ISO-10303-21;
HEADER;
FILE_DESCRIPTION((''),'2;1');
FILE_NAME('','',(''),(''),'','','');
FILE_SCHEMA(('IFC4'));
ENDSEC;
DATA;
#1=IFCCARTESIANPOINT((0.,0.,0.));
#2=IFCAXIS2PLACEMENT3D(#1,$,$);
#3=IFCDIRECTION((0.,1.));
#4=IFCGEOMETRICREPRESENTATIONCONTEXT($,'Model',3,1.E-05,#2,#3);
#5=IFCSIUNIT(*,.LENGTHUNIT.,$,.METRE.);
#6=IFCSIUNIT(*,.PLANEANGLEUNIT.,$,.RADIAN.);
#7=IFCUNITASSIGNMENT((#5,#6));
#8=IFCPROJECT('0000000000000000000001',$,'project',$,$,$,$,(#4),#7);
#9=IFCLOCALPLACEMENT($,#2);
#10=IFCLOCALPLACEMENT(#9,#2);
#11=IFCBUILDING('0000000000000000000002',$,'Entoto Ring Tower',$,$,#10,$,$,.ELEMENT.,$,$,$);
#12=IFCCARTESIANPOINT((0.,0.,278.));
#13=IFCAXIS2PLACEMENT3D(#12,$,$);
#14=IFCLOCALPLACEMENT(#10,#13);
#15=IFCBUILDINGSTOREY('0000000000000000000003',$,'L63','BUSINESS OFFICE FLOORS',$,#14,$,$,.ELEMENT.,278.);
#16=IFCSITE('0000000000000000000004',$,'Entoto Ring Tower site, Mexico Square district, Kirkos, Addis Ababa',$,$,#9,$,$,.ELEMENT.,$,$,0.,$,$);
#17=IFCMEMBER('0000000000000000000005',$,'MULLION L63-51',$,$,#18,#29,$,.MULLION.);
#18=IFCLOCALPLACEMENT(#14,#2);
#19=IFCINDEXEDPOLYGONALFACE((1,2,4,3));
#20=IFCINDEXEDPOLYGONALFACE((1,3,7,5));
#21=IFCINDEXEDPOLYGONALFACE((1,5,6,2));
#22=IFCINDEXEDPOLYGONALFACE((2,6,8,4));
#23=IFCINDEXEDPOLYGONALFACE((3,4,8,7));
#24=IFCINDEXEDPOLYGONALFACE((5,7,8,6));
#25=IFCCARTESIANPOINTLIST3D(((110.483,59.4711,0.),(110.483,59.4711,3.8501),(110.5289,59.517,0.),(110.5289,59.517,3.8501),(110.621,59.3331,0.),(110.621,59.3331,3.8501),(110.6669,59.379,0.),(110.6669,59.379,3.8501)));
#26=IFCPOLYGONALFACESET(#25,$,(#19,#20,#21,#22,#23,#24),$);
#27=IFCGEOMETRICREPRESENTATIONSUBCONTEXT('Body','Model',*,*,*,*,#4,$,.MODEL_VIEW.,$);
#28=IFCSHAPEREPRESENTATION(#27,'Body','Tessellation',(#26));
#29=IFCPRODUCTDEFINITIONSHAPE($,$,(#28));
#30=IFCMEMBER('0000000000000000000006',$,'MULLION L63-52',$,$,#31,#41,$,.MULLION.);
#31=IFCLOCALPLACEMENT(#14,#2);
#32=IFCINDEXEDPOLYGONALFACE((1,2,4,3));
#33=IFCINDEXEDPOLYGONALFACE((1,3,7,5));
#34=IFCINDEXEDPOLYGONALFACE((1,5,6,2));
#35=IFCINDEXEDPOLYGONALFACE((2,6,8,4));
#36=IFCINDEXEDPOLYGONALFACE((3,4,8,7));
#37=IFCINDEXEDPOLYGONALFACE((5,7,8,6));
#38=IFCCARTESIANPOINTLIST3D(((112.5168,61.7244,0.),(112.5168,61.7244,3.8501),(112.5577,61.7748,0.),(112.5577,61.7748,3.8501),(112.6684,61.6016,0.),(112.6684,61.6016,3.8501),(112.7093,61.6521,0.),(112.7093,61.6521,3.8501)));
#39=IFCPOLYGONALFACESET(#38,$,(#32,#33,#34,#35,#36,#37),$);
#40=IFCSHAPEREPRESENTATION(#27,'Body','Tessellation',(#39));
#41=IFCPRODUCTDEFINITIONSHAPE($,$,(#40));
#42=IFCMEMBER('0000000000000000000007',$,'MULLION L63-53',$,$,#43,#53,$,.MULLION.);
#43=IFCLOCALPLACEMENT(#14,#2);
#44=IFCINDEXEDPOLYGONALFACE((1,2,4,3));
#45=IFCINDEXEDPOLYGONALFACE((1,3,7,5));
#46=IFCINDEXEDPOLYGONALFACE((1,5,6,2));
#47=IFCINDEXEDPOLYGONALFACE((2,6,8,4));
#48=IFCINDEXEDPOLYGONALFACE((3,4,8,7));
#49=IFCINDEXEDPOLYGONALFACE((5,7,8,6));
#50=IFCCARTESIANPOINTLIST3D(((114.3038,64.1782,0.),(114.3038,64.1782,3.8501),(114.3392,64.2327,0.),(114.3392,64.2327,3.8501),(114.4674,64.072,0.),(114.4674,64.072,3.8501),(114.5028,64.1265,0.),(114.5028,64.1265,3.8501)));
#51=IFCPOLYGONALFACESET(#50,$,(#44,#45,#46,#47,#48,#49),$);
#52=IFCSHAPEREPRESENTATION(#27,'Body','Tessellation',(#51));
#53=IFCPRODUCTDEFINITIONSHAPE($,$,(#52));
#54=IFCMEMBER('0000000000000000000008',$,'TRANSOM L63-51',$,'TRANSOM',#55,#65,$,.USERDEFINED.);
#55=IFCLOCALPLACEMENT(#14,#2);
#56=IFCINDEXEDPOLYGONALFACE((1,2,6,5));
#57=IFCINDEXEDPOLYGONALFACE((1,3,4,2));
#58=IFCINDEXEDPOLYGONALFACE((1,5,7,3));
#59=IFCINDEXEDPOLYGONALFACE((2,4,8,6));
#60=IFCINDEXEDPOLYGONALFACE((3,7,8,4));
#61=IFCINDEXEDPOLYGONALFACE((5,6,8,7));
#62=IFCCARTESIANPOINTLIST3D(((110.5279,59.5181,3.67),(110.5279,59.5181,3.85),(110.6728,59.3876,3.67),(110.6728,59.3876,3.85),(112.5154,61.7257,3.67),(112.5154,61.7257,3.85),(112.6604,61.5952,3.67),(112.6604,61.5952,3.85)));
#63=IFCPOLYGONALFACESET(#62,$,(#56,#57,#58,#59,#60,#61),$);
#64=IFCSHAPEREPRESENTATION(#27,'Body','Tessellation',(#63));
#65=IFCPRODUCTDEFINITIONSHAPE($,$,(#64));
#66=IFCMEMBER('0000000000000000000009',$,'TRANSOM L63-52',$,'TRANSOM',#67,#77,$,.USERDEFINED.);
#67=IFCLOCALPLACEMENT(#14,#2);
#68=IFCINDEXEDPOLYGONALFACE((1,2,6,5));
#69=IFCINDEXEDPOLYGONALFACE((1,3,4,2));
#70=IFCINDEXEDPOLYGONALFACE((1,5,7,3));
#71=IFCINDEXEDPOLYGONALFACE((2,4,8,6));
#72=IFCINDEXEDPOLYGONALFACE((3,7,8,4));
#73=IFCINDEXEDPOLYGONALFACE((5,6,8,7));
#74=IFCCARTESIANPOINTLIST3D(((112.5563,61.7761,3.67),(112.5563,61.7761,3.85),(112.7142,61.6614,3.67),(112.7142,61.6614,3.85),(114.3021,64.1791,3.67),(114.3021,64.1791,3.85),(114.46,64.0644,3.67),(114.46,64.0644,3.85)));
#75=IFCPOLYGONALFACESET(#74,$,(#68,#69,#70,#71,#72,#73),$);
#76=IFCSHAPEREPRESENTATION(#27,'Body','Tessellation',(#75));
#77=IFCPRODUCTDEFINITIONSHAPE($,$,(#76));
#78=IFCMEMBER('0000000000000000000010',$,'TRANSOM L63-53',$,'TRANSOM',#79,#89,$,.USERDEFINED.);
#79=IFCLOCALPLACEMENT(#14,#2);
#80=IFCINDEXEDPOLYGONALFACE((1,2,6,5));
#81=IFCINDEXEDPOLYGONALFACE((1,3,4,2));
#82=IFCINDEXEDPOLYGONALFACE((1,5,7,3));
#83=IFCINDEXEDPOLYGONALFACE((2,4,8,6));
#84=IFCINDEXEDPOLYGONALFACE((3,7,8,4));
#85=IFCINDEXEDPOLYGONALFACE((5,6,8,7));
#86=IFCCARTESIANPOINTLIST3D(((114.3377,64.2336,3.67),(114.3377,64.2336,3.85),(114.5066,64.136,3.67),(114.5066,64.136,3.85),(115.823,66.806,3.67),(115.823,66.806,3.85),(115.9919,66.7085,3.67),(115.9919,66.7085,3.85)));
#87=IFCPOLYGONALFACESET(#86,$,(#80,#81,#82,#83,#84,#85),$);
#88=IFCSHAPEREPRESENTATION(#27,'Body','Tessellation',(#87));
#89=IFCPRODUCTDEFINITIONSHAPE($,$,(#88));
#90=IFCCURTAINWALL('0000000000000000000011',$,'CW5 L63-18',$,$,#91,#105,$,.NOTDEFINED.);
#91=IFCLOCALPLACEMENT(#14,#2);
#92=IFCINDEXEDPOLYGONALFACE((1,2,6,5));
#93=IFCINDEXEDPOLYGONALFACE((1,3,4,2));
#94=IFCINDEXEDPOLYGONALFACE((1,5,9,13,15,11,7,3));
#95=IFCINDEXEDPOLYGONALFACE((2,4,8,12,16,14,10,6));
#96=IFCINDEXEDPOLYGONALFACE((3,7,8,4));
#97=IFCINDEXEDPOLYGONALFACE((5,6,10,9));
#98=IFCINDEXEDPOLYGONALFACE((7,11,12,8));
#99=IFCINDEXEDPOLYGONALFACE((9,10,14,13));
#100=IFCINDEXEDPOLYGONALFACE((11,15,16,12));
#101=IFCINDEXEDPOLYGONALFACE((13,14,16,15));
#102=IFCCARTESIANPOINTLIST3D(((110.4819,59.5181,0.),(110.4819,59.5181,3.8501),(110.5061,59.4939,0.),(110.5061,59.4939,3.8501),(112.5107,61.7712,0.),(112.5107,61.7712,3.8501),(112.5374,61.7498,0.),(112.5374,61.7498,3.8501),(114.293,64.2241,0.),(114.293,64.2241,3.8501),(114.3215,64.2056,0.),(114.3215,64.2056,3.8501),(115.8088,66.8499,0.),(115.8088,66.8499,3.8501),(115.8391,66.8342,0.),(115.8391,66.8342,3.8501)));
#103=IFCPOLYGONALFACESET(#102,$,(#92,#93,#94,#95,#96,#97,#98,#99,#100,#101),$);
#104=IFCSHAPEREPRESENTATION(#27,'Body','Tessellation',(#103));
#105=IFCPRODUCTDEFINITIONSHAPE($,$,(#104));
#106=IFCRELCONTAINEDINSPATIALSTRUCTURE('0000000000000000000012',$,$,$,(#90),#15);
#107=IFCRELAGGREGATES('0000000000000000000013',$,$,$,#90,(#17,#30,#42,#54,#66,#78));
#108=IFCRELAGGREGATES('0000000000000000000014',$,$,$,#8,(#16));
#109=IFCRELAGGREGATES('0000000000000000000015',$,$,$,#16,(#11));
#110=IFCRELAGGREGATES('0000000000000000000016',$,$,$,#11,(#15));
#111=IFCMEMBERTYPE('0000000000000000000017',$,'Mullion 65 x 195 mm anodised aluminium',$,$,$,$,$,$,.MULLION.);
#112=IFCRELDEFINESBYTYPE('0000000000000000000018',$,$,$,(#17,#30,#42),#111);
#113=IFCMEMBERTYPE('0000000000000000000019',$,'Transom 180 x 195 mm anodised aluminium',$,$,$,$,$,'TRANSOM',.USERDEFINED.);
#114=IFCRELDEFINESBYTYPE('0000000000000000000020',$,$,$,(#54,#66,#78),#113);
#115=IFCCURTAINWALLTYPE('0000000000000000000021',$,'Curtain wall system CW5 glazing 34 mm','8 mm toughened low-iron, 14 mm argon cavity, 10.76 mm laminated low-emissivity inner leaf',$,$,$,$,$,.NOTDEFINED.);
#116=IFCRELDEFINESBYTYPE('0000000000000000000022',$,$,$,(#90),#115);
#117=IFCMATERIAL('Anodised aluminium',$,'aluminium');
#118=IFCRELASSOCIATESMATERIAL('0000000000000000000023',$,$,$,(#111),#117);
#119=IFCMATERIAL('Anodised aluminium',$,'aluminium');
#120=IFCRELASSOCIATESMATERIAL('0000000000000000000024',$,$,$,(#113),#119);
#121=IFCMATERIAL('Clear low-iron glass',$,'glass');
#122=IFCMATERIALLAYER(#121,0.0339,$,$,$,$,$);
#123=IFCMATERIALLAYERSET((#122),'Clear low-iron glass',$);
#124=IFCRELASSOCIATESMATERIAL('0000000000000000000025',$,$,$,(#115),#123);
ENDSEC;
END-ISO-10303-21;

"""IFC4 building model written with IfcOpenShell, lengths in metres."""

from ifc_helpers import new_model, si_unit, direction, frame, origin, origin_2d, place, context, subcontext, project, spatial, polyline, rectangle, outline, extrude, material, layer, layer_set, material_profile, profile_set, type_object, element, aggregate, save


model = new_model("IFC4")

# Units and contexts
model_context = context("Model", 3, precision=1e-05, world=origin(), true_north=direction((0.0, 1.0)))
body_context = subcontext(model_context, "Body", "Model", "MODEL_VIEW")
ifc_project = project(units=[si_unit("LENGTHUNIT", "METRE"), si_unit("PLANEANGLEUNIT", "RADIAN")], contexts=[model_context])

# Members
ifc_material_1 = material(Name="Anodised aluminium", Category="aluminium")
ifc_material_profile_1 = material_profile(ifc_material_1, rectangle(XDim=0.0649, YDim=0.1951, at=origin_2d()), Name="Mullion 65 x 195 mm anodised aluminium")
ifc_profile_set_1 = profile_set([ifc_material_profile_1], Name="Anodised aluminium")
member_type_1 = type_object("IfcMemberType", Name="Mullion 65 x 195 mm anodised aluminium", PredefinedType="MULLION", material=ifc_profile_set_1)
site_placement = place(None, origin())
building_placement = place(site_placement, origin())
storey_placement = place(building_placement, frame((0.0, 0.0, 278.0)))
member_1_placement = place(storey_placement, frame((110.575, 59.425, 0.0), z_axis=(0.0, 0.0, 1.0), x_axis=(0.707107, 0.707107, 0.0)))
member_1 = element("IfcMember", 1, at=member_1_placement, type_object=member_type_1, Name="MULLION L63-51", PredefinedType="MULLION", context=body_context, shape_type="SweptSolid", body=[
    extrude(rectangle(XDim=0.0649, YDim=0.1951, at=origin_2d()), origin(), (0.0, 0.0, 1.0), 3.8501),
])
member_2_placement = place(storey_placement, frame((112.613, 61.6882, 0.0), z_axis=(0.0, 0.0, 1.0), x_axis=(0.62932, 0.777146, 0.0)))
member_2 = element("IfcMember", 2, at=member_2_placement, type_object=member_type_1, Name="MULLION L63-52", PredefinedType="MULLION", context=body_context, shape_type="SweptSolid", body=[
    extrude(rectangle(XDim=0.0649, YDim=0.1951, at=origin_2d()), origin(), (0.0, 0.0, 1.0), 3.8501),
])
member_3_placement = place(storey_placement, frame((114.4033, 64.1523, 0.0), z_axis=(0.0, 0.0, 1.0), x_axis=(0.544639, 0.838671, 0.0)))
member_3 = element("IfcMember", 3, at=member_3_placement, type_object=member_type_1, Name="MULLION L63-53", PredefinedType="MULLION", context=body_context, shape_type="SweptSolid", body=[
    extrude(rectangle(XDim=0.0649, YDim=0.1951, at=origin_2d()), origin(), (0.0, 0.0, 1.0), 3.8501),
])
ifc_material_2 = material(Name="Anodised aluminium", Category="aluminium")
ifc_material_profile_2 = material_profile(ifc_material_2, rectangle(XDim=0.1951, YDim=0.1799, at=origin_2d()), Name="Transom 180 x 195 mm anodised aluminium")
ifc_profile_set_2 = profile_set([ifc_material_profile_2], Name="Anodised aluminium")
member_type_2 = type_object("IfcMemberType", Name="Transom 180 x 195 mm anodised aluminium", ElementType="TRANSOM", PredefinedType="USERDEFINED", material=ifc_profile_set_2)
member_4_placement = place(storey_placement, frame((110.6003, 59.4529, 3.76), z_axis=(0.66911, 0.743163, 0.0), x_axis=(-0.743163, 0.66911, 0.0)))
member_4 = element("IfcMember", 4, at=member_4_placement, type_object=member_type_2, Name="TRANSOM L63-51", ObjectType="TRANSOM", PredefinedType="USERDEFINED", context=body_context, shape_type="SweptSolid", body=[
    extrude(rectangle(XDim=0.1951, YDim=0.1799, at=origin_2d()), origin(), (0.0, 0.0, 1.0), 2.9705),
])
member_5_placement = place(storey_placement, frame((112.6353, 61.7188, 3.76), z_axis=(0.587766, 0.809031, 0.0), x_axis=(-0.809031, 0.587766, 0.0)))
member_5 = element("IfcMember", 5, at=member_5_placement, type_object=member_type_2, Name="TRANSOM L63-52", ObjectType="TRANSOM", PredefinedType="USERDEFINED", context=body_context, shape_type="SweptSolid", body=[
    extrude(rectangle(XDim=0.1951, YDim=0.1799, at=origin_2d()), origin(), (0.0, 0.0, 1.0), 2.9702),
])
member_6_placement = place(storey_placement, frame((114.4221, 64.1848, 3.76), z_axis=(0.500028, 0.866009, 0.0), x_axis=(-0.866009, 0.500028, 0.0)))
member_6 = element("IfcMember", 6, at=member_6_placement, type_object=member_type_2, Name="TRANSOM L63-53", ObjectType="TRANSOM", PredefinedType="USERDEFINED", context=body_context, shape_type="SweptSolid", body=[
    extrude(rectangle(XDim=0.1951, YDim=0.1799, at=origin_2d()), origin(), (0.0, 0.0, 1.0), 2.9705),
])

# Site, building, storey
site = spatial("IfcSite", under=ifc_project, at=site_placement, Name="Entoto Ring Tower site, Mexico Square district, Kirkos, Addis Ababa", CompositionType="ELEMENT", RefElevation=0.0)
building = spatial("IfcBuilding", under=site, at=building_placement, Name="Entoto Ring Tower", CompositionType="ELEMENT")
storey = spatial("IfcBuildingStorey", under=building, at=storey_placement, Name="L63", Description="BUSINESS OFFICE FLOORS", CompositionType="ELEMENT", Elevation=278.0)

# Curtain wall
ifc_material_3 = material(Name="Clear low-iron glass", Category="glass")
ifc_layer_1 = layer(ifc_material_3, 0.0339)
ifc_layer_set_1 = layer_set([ifc_layer_1], Name="Clear low-iron glass")
curtain_wall_type = type_object("IfcCurtainWallType", Name="Curtain wall system CW5 glazing 34 mm", Description="8 mm toughened low-iron, 14 mm argon cavity, 10.76 mm laminated low-emissivity inner leaf", PredefinedType="NOTDEFINED", material=ifc_layer_set_1)
curtain_wall_1_placement = place(storey_placement, origin())
curtain_wall_1 = element("IfcCurtainWall", 7, at=curtain_wall_1_placement, inside=storey, type_object=curtain_wall_type, Name="CW5 L63-18", PredefinedType="NOTDEFINED", context=body_context, shape_type="SweptSolid", body=[
    extrude(outline(polyline([(110.5061, 59.4939), (112.5374, 61.7498), (114.3215, 64.2056), (115.8391, 66.8342), (115.8088, 66.8499), (114.293, 64.2241), (112.5107, 61.7712), (110.4819, 59.5181), (110.5061, 59.4939)])), origin(), (0.0, 0.0, 1.0), 3.8501),
])
aggregate(curtain_wall_1, [member_1, member_2, member_3, member_4, member_5, member_6])

save(model, "model.ifc")
